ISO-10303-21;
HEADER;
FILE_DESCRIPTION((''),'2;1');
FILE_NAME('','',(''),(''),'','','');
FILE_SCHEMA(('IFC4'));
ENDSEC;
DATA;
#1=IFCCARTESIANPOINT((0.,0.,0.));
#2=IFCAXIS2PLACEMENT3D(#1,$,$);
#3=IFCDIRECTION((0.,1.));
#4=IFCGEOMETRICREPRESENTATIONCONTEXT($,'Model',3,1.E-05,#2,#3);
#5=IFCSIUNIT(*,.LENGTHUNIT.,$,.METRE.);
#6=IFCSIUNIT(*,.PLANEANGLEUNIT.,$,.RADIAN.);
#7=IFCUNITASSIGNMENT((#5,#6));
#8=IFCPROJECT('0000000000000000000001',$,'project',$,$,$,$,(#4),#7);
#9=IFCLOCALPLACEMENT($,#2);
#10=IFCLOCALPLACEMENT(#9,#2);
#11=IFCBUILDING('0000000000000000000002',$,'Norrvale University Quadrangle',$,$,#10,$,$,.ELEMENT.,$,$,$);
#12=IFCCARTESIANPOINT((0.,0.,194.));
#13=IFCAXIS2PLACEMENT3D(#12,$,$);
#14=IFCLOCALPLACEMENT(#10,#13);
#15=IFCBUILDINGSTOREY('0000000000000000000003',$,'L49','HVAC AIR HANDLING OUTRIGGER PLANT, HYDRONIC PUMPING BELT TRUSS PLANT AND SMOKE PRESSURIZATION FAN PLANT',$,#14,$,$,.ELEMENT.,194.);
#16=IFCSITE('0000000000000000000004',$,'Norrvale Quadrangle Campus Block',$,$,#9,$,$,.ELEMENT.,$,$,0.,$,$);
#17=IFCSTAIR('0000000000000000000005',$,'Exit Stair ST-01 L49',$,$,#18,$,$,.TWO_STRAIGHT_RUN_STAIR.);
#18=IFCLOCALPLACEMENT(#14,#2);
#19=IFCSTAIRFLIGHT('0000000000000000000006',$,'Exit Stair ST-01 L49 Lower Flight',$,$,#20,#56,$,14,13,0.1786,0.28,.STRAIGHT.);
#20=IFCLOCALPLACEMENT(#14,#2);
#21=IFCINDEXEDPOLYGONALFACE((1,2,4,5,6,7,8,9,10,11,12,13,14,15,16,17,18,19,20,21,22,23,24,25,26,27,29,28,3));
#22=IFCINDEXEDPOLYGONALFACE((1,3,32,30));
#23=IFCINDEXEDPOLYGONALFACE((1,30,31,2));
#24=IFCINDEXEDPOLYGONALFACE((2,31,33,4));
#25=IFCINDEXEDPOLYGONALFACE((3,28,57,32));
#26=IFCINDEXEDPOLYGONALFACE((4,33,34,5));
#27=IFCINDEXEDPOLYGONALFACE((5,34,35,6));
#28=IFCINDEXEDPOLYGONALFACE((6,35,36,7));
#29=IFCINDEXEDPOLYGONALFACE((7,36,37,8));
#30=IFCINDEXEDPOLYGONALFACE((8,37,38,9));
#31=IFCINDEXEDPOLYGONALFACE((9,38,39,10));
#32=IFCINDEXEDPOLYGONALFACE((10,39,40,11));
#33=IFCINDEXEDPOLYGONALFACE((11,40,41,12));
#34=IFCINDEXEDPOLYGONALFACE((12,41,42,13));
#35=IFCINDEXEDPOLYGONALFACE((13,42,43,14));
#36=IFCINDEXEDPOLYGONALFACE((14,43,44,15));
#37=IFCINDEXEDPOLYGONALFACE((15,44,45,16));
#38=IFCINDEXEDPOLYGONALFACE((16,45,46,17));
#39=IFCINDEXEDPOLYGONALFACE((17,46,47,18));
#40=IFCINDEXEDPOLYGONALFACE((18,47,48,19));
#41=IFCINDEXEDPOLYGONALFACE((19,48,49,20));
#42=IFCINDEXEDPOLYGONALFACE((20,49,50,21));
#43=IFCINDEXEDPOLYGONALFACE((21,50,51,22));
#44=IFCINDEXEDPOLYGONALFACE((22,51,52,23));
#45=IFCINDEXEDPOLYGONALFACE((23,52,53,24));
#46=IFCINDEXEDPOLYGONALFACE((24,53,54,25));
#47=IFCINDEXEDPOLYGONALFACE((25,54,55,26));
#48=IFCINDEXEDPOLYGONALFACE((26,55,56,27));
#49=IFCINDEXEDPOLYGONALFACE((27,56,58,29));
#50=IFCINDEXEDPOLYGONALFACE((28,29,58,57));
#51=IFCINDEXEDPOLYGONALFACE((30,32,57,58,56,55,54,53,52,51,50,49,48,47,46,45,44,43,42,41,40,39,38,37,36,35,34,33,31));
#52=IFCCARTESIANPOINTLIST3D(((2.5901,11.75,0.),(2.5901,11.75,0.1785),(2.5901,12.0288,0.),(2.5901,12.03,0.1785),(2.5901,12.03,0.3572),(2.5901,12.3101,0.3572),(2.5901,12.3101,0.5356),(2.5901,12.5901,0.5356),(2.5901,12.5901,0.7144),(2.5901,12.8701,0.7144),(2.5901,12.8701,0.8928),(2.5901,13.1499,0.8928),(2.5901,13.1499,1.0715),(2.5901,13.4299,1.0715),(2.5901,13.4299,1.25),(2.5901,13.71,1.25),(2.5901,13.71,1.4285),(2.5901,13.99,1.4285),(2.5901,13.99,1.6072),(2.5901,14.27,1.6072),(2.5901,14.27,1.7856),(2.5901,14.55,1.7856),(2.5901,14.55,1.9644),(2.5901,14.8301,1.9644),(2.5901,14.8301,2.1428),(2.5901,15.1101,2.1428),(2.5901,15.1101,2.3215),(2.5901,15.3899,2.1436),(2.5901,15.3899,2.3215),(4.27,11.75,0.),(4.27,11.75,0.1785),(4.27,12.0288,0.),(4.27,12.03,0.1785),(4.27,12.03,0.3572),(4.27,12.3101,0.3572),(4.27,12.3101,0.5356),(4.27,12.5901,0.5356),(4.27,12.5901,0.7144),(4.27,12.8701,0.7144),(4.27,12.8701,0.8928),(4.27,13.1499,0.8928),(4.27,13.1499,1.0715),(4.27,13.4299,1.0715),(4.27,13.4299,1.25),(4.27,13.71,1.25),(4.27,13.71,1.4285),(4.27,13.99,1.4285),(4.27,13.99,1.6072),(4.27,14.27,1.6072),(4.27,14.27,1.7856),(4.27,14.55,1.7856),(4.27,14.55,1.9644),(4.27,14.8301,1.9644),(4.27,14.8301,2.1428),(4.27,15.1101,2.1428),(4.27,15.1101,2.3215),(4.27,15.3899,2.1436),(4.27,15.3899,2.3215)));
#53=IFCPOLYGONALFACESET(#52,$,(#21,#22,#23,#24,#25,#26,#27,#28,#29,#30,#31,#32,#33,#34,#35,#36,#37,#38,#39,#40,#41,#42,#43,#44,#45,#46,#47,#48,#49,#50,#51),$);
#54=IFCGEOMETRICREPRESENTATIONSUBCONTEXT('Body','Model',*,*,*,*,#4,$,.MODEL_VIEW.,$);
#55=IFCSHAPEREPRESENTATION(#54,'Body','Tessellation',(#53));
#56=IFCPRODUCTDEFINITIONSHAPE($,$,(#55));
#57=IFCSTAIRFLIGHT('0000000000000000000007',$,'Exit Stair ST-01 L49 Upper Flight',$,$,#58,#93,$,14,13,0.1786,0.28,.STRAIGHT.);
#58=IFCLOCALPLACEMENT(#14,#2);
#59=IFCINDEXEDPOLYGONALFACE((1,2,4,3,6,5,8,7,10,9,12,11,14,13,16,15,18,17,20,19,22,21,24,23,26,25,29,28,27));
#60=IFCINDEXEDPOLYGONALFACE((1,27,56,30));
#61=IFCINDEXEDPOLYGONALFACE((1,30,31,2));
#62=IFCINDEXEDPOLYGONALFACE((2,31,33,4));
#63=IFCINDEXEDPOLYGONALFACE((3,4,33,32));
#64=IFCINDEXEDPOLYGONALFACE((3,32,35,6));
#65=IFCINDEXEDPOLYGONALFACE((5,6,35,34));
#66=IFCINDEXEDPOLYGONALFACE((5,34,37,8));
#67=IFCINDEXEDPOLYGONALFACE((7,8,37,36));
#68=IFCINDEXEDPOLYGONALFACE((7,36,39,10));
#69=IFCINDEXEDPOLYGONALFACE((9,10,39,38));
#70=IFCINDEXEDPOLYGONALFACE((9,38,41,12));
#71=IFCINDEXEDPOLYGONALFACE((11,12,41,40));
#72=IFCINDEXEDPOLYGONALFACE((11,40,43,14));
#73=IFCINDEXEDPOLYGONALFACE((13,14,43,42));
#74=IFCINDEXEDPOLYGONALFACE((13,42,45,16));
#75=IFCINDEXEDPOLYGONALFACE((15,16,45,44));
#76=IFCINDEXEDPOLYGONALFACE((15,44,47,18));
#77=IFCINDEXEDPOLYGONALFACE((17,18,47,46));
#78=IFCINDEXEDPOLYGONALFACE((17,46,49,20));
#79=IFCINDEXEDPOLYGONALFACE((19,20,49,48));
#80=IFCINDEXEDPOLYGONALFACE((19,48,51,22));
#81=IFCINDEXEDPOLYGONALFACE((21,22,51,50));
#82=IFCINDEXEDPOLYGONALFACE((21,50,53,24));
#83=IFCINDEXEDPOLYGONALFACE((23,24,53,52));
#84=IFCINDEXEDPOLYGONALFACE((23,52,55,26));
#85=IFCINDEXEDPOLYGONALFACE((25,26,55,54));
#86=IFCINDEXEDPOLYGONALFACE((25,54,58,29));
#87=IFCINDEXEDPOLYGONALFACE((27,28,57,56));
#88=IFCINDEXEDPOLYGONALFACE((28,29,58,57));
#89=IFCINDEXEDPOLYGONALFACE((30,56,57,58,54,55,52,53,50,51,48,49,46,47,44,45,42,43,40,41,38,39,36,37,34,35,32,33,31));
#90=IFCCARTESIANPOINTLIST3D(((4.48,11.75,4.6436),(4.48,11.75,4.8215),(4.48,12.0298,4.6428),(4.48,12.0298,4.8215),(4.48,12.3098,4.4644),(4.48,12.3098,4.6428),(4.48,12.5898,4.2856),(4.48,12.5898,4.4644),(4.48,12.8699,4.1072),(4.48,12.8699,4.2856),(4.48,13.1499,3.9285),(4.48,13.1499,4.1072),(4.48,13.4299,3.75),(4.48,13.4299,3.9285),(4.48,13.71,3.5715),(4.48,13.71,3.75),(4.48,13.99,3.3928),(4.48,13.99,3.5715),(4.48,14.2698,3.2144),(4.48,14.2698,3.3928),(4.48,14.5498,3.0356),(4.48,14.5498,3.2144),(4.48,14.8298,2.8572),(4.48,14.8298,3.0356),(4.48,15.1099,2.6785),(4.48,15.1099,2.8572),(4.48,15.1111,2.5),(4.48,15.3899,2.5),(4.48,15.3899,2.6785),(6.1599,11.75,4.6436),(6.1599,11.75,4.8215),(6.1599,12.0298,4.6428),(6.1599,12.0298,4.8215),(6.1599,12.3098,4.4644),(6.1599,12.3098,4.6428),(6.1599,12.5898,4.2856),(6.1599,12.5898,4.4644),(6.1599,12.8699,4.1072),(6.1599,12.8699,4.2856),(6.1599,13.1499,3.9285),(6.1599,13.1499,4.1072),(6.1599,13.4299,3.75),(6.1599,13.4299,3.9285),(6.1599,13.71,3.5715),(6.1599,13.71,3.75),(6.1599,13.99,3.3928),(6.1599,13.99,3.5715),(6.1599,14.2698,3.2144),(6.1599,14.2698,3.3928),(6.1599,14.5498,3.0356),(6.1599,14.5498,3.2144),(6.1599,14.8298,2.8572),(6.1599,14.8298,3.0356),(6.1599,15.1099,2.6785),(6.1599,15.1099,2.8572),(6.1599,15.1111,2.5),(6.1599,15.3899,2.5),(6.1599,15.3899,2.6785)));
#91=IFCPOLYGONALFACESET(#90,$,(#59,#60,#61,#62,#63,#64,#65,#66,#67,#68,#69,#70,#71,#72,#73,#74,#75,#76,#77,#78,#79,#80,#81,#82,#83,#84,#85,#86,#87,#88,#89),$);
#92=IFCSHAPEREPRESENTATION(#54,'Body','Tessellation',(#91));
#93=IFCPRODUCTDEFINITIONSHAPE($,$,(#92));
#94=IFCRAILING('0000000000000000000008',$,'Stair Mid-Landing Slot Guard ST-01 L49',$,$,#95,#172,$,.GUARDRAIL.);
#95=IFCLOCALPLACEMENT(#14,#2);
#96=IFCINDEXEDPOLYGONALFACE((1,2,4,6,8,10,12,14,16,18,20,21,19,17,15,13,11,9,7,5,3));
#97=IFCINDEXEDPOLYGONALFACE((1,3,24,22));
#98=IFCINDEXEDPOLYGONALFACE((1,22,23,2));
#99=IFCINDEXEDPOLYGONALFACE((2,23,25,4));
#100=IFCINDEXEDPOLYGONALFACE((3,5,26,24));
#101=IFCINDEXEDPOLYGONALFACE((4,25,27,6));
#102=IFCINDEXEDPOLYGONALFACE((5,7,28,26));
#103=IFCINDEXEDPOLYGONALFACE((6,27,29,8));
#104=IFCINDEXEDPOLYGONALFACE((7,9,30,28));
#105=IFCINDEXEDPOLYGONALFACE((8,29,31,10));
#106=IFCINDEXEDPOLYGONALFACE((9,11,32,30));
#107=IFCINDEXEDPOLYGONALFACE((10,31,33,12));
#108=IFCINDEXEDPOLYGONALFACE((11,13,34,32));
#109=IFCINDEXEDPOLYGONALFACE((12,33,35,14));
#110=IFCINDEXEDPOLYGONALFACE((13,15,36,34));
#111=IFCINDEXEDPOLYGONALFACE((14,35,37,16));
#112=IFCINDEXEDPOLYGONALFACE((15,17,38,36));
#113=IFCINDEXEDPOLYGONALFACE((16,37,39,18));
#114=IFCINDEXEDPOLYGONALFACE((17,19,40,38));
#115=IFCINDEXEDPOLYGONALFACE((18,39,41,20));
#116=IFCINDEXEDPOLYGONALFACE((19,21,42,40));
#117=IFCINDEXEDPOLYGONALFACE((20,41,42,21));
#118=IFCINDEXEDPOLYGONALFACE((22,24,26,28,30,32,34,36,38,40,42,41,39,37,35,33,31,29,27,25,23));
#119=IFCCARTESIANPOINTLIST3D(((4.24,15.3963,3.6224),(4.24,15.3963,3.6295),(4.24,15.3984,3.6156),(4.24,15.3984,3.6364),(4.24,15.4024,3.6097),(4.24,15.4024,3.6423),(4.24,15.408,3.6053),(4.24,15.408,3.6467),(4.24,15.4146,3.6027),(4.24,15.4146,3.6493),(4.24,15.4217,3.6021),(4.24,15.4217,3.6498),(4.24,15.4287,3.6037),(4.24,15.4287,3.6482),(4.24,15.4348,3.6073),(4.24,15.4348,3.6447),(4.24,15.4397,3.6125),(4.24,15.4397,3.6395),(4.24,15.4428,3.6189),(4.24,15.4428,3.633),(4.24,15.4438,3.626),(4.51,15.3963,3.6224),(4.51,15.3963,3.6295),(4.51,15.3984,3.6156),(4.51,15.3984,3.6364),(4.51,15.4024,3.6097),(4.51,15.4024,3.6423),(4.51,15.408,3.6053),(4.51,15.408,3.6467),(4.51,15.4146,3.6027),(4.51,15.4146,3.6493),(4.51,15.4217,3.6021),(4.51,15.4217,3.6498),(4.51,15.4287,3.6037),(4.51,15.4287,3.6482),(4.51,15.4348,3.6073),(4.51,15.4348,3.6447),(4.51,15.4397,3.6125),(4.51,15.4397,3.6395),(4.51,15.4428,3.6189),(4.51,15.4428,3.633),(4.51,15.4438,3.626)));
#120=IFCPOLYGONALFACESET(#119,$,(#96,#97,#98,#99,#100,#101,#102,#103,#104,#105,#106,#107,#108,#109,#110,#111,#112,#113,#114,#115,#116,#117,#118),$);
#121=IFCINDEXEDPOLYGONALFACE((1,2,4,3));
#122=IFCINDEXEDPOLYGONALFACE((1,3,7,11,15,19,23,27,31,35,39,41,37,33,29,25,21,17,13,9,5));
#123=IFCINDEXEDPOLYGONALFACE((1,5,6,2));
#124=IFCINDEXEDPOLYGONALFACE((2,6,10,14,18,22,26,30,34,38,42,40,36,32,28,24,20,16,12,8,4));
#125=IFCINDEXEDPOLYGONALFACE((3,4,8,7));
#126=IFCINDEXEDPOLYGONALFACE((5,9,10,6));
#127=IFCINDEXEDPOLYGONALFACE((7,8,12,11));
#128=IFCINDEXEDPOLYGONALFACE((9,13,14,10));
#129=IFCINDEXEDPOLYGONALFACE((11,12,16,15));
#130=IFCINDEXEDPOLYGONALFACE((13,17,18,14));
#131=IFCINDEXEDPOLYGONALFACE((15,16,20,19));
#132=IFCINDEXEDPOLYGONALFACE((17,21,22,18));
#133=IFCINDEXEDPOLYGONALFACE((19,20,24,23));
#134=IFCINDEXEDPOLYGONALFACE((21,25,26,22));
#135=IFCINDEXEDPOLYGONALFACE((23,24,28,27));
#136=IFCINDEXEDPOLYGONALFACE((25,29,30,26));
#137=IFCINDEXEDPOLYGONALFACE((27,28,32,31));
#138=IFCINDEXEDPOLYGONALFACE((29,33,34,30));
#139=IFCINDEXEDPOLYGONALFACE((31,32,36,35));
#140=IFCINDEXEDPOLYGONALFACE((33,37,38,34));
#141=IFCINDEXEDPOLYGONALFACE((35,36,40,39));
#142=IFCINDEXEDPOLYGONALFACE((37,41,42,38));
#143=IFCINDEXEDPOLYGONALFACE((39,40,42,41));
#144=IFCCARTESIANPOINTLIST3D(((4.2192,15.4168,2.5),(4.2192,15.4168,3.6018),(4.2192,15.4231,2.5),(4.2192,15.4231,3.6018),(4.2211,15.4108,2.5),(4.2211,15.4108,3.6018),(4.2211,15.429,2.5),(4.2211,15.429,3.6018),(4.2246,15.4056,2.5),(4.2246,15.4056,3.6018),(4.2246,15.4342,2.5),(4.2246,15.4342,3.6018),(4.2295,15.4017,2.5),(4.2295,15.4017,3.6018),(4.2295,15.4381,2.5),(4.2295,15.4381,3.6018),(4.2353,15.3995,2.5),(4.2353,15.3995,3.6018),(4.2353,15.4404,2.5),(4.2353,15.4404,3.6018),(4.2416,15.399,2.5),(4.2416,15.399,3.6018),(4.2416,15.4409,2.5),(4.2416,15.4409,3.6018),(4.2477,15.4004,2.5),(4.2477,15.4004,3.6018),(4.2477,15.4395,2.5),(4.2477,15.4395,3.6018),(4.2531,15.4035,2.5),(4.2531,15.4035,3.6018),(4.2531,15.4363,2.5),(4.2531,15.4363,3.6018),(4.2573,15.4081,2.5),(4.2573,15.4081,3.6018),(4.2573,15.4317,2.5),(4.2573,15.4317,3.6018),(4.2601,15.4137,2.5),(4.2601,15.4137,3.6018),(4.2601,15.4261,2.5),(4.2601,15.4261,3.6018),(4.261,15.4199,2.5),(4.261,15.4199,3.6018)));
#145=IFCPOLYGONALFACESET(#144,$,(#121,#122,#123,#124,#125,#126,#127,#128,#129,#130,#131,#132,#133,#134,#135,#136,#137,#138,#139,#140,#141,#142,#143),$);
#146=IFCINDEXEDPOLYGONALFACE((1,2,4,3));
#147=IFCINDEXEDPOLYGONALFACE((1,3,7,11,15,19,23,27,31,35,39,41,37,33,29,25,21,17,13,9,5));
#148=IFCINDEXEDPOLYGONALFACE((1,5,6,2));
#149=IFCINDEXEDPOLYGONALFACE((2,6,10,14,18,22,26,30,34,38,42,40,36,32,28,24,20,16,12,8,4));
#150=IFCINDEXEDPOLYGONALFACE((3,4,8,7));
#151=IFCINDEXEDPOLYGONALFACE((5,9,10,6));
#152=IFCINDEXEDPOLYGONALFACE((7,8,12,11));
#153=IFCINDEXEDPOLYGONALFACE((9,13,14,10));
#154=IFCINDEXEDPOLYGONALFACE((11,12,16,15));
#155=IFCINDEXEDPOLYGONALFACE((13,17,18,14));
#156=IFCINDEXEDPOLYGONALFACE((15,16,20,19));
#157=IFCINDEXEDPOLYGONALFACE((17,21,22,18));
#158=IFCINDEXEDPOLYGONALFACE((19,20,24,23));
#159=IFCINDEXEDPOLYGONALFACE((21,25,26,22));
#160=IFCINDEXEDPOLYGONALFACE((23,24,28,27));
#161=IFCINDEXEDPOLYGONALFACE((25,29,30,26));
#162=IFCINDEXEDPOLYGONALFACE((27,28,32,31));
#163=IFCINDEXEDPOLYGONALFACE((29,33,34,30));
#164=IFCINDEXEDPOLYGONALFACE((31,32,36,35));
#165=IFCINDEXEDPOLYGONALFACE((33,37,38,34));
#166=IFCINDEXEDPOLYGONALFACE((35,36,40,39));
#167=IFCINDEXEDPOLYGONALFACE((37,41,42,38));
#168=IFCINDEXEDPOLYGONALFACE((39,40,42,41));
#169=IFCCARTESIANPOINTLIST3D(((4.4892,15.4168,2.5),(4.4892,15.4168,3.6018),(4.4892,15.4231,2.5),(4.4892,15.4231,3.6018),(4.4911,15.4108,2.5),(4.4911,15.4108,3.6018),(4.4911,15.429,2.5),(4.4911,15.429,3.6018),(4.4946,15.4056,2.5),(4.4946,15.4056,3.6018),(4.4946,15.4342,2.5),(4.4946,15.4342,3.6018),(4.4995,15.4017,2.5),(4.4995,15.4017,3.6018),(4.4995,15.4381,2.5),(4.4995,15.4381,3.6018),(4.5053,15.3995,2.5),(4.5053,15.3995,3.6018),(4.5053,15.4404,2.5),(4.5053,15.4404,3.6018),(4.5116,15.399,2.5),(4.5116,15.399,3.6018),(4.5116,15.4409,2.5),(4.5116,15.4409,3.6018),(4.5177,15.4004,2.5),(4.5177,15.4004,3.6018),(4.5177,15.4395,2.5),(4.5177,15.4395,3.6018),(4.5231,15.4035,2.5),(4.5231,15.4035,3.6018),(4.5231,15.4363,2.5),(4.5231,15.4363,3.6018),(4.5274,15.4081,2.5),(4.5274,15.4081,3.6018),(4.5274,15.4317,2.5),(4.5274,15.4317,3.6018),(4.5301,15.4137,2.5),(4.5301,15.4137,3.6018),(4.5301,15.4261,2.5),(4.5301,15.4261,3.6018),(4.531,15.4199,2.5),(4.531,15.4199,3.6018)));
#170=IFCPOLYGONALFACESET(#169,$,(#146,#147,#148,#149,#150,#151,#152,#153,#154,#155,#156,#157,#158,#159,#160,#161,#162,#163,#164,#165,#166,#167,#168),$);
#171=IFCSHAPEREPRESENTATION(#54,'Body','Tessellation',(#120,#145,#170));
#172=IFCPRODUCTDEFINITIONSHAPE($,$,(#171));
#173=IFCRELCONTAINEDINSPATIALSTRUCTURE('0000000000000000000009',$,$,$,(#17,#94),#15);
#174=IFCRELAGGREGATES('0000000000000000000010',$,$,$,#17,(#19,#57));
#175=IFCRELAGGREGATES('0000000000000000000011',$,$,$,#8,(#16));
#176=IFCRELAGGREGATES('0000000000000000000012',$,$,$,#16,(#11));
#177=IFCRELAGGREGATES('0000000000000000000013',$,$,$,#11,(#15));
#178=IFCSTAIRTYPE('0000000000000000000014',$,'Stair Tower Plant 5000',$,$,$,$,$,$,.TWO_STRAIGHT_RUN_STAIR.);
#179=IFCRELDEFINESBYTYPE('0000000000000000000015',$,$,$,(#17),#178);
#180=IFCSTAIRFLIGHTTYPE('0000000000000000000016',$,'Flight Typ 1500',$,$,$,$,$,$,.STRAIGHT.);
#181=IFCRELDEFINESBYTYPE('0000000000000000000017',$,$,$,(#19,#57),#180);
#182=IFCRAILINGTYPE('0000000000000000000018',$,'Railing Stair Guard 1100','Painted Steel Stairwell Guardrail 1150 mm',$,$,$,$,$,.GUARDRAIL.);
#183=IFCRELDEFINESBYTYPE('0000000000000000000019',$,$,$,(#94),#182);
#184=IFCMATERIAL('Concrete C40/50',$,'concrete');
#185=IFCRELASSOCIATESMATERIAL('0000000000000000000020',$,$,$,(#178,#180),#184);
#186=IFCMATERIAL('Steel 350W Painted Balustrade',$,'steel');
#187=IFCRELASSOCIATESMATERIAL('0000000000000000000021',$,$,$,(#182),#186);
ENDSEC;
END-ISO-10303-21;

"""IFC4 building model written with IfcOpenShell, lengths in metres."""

from ifc_helpers import new_model, si_unit, direction, frame, origin, origin_2d, place, context, subcontext, project, spatial, polyline, circle, outline, extrude, material, type_object, element, aggregate, save


model = new_model("IFC4")

# Units and contexts
model_context = context("Model", 3, precision=1e-05, world=origin(), true_north=direction((0.0, 1.0)))
body_context = subcontext(model_context, "Body", "Model", "MODEL_VIEW")
ifc_project = project(units=[si_unit("LENGTHUNIT", "METRE"), si_unit("PLANEANGLEUNIT", "RADIAN")], contexts=[model_context])

# Site, building, storey
site_placement = place(None, origin())
site = spatial("IfcSite", under=ifc_project, at=site_placement, Name="Norrvale Quadrangle Campus Block", CompositionType="ELEMENT", RefElevation=0.0)
building_placement = place(site_placement, origin())
building = spatial("IfcBuilding", under=site, at=building_placement, Name="Norrvale University Quadrangle", CompositionType="ELEMENT")
storey_placement = place(building_placement, frame((0.0, 0.0, 194.0)))
storey = spatial("IfcBuildingStorey", under=building, at=storey_placement, Name="L49", Description="HVAC AIR HANDLING OUTRIGGER PLANT, HYDRONIC PUMPING BELT TRUSS PLANT AND SMOKE PRESSURIZATION FAN PLANT", CompositionType="ELEMENT", Elevation=194.0)

# Stair, stair flights
ifc_material_1 = material(Name="Concrete C40/50", Category="concrete")
stair_type = type_object("IfcStairType", Name="Stair Tower Plant 5000", PredefinedType="TWO_STRAIGHT_RUN_STAIR", material=ifc_material_1)
stair_placement = place(storey_placement, origin())
stair = element("IfcStair", 1, at=stair_placement, inside=storey, type_object=stair_type, Name="Exit Stair ST-01 L49", PredefinedType="TWO_STRAIGHT_RUN_STAIR")
stair_flight_type = type_object("IfcStairFlightType", Name="Flight Typ 1500", PredefinedType="STRAIGHT", material=ifc_material_1)
stair_flight_1_placement = place(storey_placement, frame((3.4299, 11.75, 0.0), z_axis=(0.0, 0.0, 1.0), x_axis=(0.0, 1.0, 0.0)))
stair_flight_1 = element("IfcStairFlight", 2, at=stair_flight_1_placement, type_object=stair_flight_type, Name="Exit Stair ST-01 L49 Lower Flight", NumberOfRisers=14, NumberOfTreads=13, PredefinedType="STRAIGHT", RiserHeight=0.1786, TreadLength=0.28, context=body_context, shape_type="SweptSolid", body=[
    extrude(outline(polyline([(0.0, 0.0), (0.0, 0.1785), (0.28, 0.1785), (0.28, 0.3572), (0.5601, 0.3572), (0.5601, 0.5356), (0.8401, 0.5356), (0.8401, 0.7144), (1.1201, 0.7144), (1.1201, 0.8928), (1.3999, 0.8928), (1.3999, 1.0715), (1.6799, 1.0715), (1.6799, 1.25), (1.96, 1.25), (1.96, 1.4285), (2.24, 1.4285), (2.24, 1.6072), (2.52, 1.6072), (2.52, 1.7856), (2.8, 1.7856), (2.8, 1.9644), (3.0801, 1.9644), (3.0801, 2.1428), (3.3601, 2.1428), (3.3601, 2.3215), (3.6399, 2.3215), (3.6399, 2.5), (3.6399, 2.1436), (0.2788, 0.0), (0.0, 0.0)])), frame((0.0, 0.8398, 0.0), z_axis=(0.0, -1.0, 0.0), x_axis=(1.0, 0.0, 0.0)), (0.0, 0.0, 1.0), 1.6799),
])
stair_flight_2_placement = place(storey_placement, frame((5.3201, 15.3899, 2.5), z_axis=(0.0, 0.0, 1.0), x_axis=(0.0, -1.0, 0.0)))
stair_flight_2 = element("IfcStairFlight", 3, at=stair_flight_2_placement, type_object=stair_flight_type, Name="Exit Stair ST-01 L49 Upper Flight", NumberOfRisers=14, NumberOfTreads=13, PredefinedType="STRAIGHT", RiserHeight=0.1786, TreadLength=0.28, context=body_context, shape_type="SweptSolid", body=[
    extrude(outline(polyline([(0.0, 0.0), (0.0, 0.1785), (0.28, 0.1785), (0.28, 0.3572), (0.5601, 0.3572), (0.5601, 0.5356), (0.8401, 0.5356), (0.8401, 0.7144), (1.1201, 0.7144), (1.1201, 0.8928), (1.3999, 0.8928), (1.3999, 1.0715), (1.6799, 1.0715), (1.6799, 1.25), (1.96, 1.25), (1.96, 1.4285), (2.24, 1.4285), (2.24, 1.6072), (2.52, 1.6072), (2.52, 1.7856), (2.8, 1.7856), (2.8, 1.9644), (3.0801, 1.9644), (3.0801, 2.1428), (3.3601, 2.1428), (3.3601, 2.3215), (3.6399, 2.3215), (3.6399, 2.5), (3.6399, 2.1436), (0.2788, 0.0), (0.0, 0.0)])), frame((0.0, 0.8398, 0.0), z_axis=(0.0, -1.0, 0.0), x_axis=(1.0, 0.0, 0.0)), (0.0, 0.0, 1.0), 1.6799),
])
aggregate(stair, [stair_flight_1, stair_flight_2])

# Railing
ifc_material_2 = material(Name="Steel 350W Painted Balustrade", Category="steel")
railing_type_1 = type_object("IfcRailingType", Name="Railing Stair Guard 1100", Description="Painted Steel Stairwell Guardrail 1150 mm", PredefinedType="GUARDRAIL", material=ifc_material_2)
railing_1_placement = place(storey_placement, frame((4.24, 15.4199, 2.5)))
element("IfcRailing", 4, at=railing_1_placement, inside=storey, type_object=railing_type_1, Name="Stair Mid-Landing Slot Guard ST-01 L49", PredefinedType="GUARDRAIL", context=body_context, shape_type="SweptSolid", body=[
    extrude(circle(Radius=0.0239, at=origin_2d()), frame((0.0, 0.0, 1.126), z_axis=(1.0, 0.0, 0.0), x_axis=(0.0, 1.0, 0.0)), (0.0, 0.0, 1.0), 0.27),
    extrude(circle(Radius=0.021, at=origin_2d()), origin(), (0.0, 0.0, 1.0), 1.1018),
    extrude(circle(Radius=0.021, at=origin_2d()), frame((0.27, 0.0, 0.0)), (0.0, 0.0, 1.0), 1.1018),
])

save(model, "model.ifc")
